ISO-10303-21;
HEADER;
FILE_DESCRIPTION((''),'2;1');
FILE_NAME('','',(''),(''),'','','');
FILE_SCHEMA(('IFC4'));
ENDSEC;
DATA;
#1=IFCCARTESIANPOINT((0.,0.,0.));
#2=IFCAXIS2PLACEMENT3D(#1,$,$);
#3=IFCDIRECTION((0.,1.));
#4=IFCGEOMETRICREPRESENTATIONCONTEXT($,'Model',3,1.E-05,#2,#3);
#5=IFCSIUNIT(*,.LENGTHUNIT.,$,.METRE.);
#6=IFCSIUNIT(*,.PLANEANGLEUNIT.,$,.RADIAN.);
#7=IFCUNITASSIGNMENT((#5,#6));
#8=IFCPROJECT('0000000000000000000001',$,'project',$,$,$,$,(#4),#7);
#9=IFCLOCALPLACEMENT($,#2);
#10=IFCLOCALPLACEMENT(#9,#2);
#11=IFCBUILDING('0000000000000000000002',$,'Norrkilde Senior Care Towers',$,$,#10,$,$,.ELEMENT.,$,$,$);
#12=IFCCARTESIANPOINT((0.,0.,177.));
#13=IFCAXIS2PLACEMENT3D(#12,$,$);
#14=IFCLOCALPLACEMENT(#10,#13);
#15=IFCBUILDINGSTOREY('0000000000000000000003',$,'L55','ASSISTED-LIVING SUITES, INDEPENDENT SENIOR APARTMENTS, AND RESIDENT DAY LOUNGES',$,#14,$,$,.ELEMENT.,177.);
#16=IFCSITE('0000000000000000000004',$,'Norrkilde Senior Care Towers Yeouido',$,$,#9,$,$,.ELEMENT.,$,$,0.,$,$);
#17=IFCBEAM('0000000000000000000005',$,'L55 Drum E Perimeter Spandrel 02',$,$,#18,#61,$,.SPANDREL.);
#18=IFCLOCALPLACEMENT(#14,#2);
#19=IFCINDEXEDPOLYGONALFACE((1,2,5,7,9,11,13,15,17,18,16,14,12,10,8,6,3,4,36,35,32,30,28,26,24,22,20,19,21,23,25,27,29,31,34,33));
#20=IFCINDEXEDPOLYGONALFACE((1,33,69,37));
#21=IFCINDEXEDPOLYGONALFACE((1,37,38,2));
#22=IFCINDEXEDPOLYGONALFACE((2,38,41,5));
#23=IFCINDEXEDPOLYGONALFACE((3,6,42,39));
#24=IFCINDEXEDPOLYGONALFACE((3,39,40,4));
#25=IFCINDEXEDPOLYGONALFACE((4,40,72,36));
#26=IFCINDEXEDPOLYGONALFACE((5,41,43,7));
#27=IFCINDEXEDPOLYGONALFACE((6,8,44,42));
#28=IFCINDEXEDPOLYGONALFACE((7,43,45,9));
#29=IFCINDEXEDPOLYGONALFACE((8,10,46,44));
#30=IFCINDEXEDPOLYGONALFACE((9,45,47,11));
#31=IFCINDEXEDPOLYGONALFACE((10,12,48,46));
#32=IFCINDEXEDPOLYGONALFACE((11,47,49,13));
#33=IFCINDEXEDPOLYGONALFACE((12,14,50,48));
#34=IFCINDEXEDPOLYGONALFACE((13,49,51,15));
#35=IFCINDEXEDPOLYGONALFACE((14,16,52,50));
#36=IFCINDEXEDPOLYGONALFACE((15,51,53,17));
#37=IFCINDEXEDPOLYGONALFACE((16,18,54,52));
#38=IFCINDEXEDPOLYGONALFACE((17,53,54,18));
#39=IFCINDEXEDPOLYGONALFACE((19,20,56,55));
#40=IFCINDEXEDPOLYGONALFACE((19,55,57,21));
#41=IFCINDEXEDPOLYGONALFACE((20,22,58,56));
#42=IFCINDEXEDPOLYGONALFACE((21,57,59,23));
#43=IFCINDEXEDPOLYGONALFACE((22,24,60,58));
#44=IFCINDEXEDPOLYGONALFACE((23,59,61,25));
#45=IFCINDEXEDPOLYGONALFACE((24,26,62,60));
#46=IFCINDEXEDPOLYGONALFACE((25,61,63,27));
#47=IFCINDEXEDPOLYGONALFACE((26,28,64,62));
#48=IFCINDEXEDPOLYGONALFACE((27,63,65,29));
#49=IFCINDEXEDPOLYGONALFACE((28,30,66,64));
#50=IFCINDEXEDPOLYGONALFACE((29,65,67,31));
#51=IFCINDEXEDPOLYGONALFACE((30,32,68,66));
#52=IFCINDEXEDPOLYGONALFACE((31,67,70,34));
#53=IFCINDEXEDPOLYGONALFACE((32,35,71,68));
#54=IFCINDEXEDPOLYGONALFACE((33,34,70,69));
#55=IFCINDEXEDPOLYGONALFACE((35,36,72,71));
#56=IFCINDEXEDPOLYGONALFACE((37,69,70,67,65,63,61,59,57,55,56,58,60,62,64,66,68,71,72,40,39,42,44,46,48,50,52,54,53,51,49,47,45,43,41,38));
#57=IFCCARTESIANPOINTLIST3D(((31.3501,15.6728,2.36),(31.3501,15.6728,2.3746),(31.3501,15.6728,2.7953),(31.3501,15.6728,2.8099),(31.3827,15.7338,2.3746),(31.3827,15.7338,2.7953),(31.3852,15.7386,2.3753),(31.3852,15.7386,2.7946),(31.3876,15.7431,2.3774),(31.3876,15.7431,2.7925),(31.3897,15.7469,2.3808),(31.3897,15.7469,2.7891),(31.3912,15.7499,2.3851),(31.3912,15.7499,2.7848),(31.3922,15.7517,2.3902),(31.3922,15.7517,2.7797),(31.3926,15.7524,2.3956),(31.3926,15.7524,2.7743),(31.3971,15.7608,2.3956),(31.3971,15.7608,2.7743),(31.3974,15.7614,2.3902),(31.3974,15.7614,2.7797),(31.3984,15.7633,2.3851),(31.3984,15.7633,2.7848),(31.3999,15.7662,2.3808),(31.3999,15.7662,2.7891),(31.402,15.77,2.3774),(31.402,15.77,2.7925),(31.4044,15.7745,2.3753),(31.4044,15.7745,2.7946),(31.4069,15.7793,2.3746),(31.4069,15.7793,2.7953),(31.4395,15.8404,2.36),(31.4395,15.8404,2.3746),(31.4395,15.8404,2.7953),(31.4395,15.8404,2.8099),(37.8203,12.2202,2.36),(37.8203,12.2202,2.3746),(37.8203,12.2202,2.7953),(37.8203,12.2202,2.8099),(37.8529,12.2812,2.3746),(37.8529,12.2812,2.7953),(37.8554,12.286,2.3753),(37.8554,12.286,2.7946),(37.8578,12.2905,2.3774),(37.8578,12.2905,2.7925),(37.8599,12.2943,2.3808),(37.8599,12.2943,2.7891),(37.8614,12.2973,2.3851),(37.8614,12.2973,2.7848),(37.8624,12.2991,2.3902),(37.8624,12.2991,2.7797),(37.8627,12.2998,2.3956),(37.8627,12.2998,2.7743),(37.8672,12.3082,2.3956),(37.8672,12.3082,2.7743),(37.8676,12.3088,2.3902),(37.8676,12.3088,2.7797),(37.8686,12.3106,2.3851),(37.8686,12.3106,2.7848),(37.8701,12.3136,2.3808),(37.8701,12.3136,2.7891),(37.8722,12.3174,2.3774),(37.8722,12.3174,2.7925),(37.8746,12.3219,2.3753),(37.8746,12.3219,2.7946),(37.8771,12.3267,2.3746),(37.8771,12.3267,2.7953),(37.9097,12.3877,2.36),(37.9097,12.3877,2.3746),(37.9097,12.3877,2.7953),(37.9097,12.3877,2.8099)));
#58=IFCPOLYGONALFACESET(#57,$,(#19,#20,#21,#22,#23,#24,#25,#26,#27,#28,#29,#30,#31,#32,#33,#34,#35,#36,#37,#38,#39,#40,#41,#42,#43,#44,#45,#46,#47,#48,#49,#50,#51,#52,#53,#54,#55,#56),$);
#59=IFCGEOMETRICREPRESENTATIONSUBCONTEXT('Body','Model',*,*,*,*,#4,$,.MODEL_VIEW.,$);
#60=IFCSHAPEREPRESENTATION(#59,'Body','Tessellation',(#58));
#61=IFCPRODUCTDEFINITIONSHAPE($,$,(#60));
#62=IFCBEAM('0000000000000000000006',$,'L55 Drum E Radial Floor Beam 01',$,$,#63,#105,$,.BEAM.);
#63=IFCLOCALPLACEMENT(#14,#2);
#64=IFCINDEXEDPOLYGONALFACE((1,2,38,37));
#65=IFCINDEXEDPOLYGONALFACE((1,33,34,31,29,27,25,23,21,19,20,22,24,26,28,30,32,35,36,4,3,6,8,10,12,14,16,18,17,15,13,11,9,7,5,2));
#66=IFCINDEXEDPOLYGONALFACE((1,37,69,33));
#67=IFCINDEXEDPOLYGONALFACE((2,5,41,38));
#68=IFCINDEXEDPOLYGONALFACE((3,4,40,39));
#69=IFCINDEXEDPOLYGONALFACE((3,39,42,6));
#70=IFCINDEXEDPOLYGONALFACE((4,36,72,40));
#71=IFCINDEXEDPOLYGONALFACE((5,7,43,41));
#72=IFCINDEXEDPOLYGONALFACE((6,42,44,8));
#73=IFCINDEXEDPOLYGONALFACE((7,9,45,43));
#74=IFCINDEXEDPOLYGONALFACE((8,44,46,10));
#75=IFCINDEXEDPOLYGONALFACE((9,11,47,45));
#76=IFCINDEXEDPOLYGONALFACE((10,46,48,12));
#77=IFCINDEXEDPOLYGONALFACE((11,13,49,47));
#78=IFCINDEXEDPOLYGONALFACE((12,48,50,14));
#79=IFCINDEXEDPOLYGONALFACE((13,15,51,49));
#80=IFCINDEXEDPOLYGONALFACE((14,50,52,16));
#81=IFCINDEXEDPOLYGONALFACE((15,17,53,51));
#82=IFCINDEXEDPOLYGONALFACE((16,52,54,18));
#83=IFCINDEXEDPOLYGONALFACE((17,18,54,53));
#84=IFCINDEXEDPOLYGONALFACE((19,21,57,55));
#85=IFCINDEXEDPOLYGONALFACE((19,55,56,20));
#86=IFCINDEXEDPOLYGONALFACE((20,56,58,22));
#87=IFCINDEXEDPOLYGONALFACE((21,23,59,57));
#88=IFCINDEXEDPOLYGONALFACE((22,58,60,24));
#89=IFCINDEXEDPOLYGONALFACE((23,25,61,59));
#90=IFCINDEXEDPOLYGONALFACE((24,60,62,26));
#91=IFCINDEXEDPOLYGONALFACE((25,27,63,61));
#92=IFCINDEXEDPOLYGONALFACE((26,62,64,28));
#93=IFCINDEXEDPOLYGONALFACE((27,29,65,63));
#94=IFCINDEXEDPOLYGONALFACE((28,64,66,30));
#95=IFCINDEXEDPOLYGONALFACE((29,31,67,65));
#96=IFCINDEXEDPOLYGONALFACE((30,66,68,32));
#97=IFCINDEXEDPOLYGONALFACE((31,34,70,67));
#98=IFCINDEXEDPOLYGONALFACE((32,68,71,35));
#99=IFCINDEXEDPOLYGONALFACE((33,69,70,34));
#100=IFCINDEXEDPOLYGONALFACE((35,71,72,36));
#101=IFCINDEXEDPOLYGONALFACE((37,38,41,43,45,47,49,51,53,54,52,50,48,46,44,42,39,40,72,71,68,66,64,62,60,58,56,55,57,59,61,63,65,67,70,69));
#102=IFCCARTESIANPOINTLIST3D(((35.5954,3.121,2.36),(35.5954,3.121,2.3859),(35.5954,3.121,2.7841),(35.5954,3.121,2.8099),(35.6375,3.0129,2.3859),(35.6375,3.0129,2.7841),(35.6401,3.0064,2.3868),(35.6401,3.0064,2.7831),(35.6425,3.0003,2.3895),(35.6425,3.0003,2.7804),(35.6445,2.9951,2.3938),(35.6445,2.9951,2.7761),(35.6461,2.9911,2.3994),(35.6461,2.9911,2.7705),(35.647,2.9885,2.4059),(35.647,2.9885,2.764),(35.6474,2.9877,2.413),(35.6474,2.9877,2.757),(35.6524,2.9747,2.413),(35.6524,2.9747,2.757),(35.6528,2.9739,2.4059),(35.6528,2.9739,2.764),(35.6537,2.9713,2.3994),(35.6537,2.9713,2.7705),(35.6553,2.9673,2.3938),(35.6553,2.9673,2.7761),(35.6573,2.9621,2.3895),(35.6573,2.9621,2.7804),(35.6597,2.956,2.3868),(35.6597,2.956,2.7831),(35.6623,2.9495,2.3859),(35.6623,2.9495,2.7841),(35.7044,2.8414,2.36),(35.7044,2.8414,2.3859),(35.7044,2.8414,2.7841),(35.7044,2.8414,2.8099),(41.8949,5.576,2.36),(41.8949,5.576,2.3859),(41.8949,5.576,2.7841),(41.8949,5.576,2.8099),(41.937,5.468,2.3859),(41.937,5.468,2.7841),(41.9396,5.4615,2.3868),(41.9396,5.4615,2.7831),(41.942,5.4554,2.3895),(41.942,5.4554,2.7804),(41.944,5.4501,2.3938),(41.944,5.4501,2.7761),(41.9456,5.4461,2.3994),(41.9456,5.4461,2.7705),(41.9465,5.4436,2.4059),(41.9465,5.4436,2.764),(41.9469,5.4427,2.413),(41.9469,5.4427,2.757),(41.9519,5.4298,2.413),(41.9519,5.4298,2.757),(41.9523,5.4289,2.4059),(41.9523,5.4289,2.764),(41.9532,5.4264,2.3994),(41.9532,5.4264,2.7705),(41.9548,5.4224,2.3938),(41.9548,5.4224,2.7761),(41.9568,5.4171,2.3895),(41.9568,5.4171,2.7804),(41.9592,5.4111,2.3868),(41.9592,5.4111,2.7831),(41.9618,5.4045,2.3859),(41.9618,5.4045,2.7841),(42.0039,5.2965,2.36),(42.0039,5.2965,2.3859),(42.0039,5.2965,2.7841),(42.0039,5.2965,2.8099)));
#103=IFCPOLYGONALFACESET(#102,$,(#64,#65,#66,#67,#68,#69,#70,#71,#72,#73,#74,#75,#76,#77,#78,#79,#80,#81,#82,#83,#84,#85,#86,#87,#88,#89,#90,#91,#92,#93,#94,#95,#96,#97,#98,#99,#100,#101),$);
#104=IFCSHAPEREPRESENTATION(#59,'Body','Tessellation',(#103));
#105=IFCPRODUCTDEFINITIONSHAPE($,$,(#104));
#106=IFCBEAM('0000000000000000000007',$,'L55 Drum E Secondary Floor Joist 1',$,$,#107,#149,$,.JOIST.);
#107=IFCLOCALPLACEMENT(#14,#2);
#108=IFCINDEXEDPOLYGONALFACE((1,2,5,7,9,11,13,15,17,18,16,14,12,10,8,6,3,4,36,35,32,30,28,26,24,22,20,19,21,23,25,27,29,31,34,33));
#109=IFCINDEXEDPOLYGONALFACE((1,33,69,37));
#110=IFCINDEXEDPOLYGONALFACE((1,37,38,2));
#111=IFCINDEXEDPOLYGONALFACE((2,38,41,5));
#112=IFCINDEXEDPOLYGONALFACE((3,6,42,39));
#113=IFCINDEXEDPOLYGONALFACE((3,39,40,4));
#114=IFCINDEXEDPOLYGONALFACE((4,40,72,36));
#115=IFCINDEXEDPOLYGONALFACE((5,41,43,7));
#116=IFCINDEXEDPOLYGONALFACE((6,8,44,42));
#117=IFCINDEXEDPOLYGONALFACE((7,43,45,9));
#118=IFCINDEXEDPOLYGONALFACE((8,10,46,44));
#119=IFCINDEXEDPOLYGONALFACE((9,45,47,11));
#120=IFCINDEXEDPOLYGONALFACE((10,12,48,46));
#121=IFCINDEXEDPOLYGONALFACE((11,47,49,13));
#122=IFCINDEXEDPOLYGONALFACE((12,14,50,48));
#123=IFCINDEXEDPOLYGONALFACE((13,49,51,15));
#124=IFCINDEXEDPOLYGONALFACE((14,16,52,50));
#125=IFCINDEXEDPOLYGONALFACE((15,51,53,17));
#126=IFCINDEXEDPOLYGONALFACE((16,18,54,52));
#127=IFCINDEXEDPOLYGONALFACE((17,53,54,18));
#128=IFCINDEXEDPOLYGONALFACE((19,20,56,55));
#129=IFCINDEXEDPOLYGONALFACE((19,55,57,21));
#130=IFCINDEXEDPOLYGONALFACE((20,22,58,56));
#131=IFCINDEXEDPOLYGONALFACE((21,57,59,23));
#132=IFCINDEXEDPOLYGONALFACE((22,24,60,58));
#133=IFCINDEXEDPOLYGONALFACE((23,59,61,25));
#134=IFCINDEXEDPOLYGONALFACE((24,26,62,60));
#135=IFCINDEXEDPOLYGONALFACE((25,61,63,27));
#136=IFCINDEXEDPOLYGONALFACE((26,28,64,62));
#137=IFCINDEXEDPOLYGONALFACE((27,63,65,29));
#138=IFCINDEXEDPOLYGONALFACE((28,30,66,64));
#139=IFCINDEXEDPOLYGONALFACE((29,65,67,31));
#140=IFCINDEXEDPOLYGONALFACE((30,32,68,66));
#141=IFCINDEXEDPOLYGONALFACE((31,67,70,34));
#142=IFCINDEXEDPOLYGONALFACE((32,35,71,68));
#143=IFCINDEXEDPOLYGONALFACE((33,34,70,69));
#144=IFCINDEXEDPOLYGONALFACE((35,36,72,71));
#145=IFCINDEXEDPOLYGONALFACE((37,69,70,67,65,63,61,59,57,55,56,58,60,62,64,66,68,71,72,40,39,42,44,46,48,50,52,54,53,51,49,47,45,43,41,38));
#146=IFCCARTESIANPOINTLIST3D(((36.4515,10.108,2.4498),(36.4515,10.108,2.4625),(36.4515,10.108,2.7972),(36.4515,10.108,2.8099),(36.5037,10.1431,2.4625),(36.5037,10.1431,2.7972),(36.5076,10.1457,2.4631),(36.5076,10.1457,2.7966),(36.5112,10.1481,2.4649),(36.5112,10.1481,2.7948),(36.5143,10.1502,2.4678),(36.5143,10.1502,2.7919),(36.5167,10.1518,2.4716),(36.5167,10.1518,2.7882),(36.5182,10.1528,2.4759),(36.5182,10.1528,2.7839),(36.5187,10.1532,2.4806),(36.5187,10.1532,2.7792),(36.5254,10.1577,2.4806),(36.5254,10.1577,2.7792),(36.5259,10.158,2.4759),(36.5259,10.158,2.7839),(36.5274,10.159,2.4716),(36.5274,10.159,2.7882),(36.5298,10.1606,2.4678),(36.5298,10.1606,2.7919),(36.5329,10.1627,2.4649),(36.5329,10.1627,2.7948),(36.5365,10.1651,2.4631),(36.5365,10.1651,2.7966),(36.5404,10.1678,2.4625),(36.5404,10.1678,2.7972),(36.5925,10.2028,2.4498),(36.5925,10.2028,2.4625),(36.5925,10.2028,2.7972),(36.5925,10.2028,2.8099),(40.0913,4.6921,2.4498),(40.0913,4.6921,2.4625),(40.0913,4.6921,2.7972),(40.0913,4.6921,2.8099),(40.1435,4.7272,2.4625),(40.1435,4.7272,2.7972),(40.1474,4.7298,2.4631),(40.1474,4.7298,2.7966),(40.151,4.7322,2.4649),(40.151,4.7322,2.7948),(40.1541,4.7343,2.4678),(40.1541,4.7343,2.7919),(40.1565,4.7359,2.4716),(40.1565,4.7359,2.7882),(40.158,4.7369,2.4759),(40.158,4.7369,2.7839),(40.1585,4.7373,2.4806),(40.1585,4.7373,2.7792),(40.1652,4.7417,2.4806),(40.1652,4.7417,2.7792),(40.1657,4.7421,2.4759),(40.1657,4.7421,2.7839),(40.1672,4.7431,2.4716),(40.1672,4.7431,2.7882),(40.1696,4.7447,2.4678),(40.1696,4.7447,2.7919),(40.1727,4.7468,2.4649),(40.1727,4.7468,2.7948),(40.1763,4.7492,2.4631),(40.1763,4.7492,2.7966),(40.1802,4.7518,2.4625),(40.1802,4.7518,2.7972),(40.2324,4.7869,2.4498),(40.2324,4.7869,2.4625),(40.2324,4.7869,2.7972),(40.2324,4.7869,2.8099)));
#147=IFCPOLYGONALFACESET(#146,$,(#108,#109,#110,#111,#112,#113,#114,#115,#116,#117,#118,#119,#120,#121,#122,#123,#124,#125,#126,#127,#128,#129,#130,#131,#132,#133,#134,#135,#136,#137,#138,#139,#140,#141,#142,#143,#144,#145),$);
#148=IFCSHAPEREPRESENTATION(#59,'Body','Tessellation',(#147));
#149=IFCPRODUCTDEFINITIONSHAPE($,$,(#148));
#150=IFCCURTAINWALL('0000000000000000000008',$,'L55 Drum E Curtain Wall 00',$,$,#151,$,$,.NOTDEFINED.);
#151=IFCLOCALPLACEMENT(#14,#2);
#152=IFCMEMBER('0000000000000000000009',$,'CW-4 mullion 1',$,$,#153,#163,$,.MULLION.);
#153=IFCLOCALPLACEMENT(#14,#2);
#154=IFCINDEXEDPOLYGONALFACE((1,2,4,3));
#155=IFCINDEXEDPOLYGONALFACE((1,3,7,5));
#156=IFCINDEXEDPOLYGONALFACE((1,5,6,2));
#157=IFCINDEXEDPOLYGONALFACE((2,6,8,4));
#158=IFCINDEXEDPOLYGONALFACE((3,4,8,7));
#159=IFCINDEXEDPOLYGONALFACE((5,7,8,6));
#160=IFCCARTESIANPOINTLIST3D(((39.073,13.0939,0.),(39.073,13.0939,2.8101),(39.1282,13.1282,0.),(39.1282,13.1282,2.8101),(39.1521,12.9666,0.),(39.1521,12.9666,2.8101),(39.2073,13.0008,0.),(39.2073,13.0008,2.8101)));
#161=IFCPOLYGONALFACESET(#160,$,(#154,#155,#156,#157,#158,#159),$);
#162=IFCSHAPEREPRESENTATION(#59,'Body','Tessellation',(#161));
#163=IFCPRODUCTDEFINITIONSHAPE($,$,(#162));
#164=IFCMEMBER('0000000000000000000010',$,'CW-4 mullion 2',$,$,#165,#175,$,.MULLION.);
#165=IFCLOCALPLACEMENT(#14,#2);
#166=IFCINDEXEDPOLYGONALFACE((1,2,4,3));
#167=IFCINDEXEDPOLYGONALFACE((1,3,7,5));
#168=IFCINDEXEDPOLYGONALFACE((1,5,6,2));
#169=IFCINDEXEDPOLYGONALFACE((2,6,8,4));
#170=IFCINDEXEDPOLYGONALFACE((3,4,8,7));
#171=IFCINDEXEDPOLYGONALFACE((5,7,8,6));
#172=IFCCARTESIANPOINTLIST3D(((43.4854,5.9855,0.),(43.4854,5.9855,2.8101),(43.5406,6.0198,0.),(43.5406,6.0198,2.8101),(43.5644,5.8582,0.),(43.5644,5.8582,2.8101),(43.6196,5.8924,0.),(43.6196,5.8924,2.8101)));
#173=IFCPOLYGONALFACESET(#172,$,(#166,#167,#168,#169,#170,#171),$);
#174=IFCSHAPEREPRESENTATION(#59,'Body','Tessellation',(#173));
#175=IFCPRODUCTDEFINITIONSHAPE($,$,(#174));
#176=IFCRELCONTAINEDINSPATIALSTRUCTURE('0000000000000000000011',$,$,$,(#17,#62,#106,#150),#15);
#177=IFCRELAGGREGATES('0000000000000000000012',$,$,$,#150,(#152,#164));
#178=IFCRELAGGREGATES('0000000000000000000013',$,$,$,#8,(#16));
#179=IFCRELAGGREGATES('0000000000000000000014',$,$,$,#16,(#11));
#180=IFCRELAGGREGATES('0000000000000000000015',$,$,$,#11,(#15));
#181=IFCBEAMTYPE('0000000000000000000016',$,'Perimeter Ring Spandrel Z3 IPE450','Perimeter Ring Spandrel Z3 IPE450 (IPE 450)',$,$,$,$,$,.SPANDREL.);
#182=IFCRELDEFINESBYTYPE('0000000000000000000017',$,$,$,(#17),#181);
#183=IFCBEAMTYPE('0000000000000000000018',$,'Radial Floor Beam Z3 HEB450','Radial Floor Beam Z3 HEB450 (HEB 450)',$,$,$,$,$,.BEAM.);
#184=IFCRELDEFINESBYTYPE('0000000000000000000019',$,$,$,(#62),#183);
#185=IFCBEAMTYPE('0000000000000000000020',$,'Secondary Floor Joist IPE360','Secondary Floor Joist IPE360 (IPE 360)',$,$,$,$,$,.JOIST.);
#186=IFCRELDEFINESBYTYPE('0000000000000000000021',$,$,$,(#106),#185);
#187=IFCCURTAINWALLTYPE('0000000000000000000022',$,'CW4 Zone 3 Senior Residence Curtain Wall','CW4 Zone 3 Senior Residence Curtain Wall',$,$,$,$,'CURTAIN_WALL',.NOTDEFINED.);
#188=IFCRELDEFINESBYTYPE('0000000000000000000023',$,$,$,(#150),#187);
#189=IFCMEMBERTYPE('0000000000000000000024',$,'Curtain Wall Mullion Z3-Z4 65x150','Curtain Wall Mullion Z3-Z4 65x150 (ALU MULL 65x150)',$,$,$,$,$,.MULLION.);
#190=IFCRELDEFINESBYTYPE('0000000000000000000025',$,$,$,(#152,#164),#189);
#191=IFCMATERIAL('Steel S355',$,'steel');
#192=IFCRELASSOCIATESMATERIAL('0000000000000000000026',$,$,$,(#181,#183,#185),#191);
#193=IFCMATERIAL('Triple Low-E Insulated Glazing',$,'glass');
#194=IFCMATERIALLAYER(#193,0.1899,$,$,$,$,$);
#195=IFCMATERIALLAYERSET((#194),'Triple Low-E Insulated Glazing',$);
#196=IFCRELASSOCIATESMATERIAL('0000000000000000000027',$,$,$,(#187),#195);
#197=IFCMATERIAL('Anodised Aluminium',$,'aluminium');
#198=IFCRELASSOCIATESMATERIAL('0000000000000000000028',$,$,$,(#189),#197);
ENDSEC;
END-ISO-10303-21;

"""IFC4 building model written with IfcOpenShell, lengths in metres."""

from ifc_helpers import new_model, si_unit, direction, frame, origin, origin_2d, place, context, subcontext, project, spatial, rectangle, i_section, extrude, source, transform, mapped, material, layer, layer_set, material_profile, profile_set, type_object, type_shapes, element, aggregate, save


model = new_model("IFC4")

# Units and contexts
model_context = context("Model", 3, precision=1e-05, world=origin(), true_north=direction((0.0, 1.0)))
body_context = subcontext(model_context, "Body", "Model", "MODEL_VIEW")
ifc_project = project(units=[si_unit("LENGTHUNIT", "METRE"), si_unit("PLANEANGLEUNIT", "RADIAN")], contexts=[model_context])

# Site, building, storey
site_placement = place(None, origin())
site = spatial("IfcSite", under=ifc_project, at=site_placement, Name="Norrkilde Senior Care Towers Yeouido", CompositionType="ELEMENT", RefElevation=0.0)
building_placement = place(site_placement, origin())
building = spatial("IfcBuilding", under=site, at=building_placement, Name="Norrkilde Senior Care Towers", CompositionType="ELEMENT")
storey_placement = place(building_placement, frame((0.0, 0.0, 177.0)))
storey = spatial("IfcBuildingStorey", under=building, at=storey_placement, Name="L55", Description="ASSISTED-LIVING SUITES, INDEPENDENT SENIOR APARTMENTS, AND RESIDENT DAY LOUNGES", CompositionType="ELEMENT", Elevation=177.0)

# Beams
ifc_material_1 = material(Name="Steel S355", Category="steel")
ifc_material_profile_1 = material_profile(ifc_material_1, i_section(OverallWidth=0.1899, OverallDepth=0.45, WebThickness=0.0095, FlangeThickness=0.0146, FilletRadius=0.021, at=origin_2d()), Name="IPE 450")
ifc_profile_set_1 = profile_set([ifc_material_profile_1], Name="Steel S355")
beam_type_1 = type_object("IfcBeamType", Name="Perimeter Ring Spandrel Z3 IPE450", Description="Perimeter Ring Spandrel Z3 IPE450 (IPE 450)", PredefinedType="SPANDREL", material=ifc_profile_set_1)
shared_shape_1 = source(origin(), body_context, "Body", "SweptSolid", [
    extrude(i_section(OverallWidth=0.1899, OverallDepth=0.45, WebThickness=0.0095, FlangeThickness=0.0146, FilletRadius=0.021, at=origin_2d()), origin(), (0.0, 0.0, 1.0), 7.3337),
])
beam_1_placement = place(storey_placement, frame((37.865, 12.304, 2.585), z_axis=(-0.882248, 0.470785, 0.0), x_axis=(-0.470785, -0.882248, 0.0)))
element("IfcBeam", 1, at=beam_1_placement, inside=storey, type_object=beam_type_1, Name="L55 Drum E Perimeter Spandrel 02", PredefinedType="SPANDREL", context=body_context, shape_type="MappedRepresentation", body=[
    mapped(shared_shape_1, transform((0.0, 0.0, 0.0), x_axis=(1.0, 0.0, 0.0), y_axis=(0.0, 1.0, 0.0), z_axis=(0.0, 0.0, 1.0), scale=1.0)),
])
ifc_material_profile_2 = material_profile(ifc_material_1, i_section(OverallWidth=0.3, OverallDepth=0.45, WebThickness=0.0139, FlangeThickness=0.0259, FilletRadius=0.0271, at=origin_2d()), Name="HEB 450")
ifc_profile_set_2 = profile_set([ifc_material_profile_2], Name="Steel S355")
beam_type_2 = type_object("IfcBeamType", Name="Radial Floor Beam Z3 HEB450", Description="Radial Floor Beam Z3 HEB450 (HEB 450)", PredefinedType="BEAM", material=ifc_profile_set_2)
shared_shape_2 = source(origin(), body_context, "Body", "SweptSolid", [
    extrude(i_section(OverallWidth=0.3, OverallDepth=0.45, WebThickness=0.0139, FlangeThickness=0.0259, FilletRadius=0.0271, at=origin_2d()), origin(), (0.0, 0.0, 1.0), 6.761),
])
type_shapes(beam_type_2, [shared_shape_2])
beam_2_placement = place(storey_placement, frame((35.6499, 2.9812, 2.585), z_axis=(0.931742, 0.363121, 0.0), x_axis=(-0.363121, 0.931742, 0.0)))
element("IfcBeam", 2, at=beam_2_placement, inside=storey, type_object=beam_type_2, Name="L55 Drum E Radial Floor Beam 01", PredefinedType="BEAM", context=body_context, shape_type="MappedRepresentation", body=[
    mapped(shared_shape_2, transform((0.0, 0.0, 0.0), x_axis=(1.0, 0.0, 0.0), y_axis=(0.0, 1.0, 0.0), z_axis=(0.0, 0.0, 1.0), scale=1.0)),
])
ifc_material_profile_3 = material_profile(ifc_material_1, i_section(OverallWidth=0.1699, OverallDepth=0.3601, WebThickness=0.0081, FlangeThickness=0.0127, FilletRadius=0.0181, at=origin_2d()), Name="IPE 360")
ifc_profile_set_3 = profile_set([ifc_material_profile_3], Name="Steel S355")
beam_type_3 = type_object("IfcBeamType", Name="Secondary Floor Joist IPE360", Description="Secondary Floor Joist IPE360 (IPE 360)", PredefinedType="JOIST", material=ifc_profile_set_3)
shared_shape_3 = source(origin(), body_context, "Body", "SweptSolid", [
    extrude(i_section(OverallWidth=0.1699, OverallDepth=0.3601, WebThickness=0.0081, FlangeThickness=0.0127, FilletRadius=0.0181, at=origin_2d()), origin(), (0.0, 0.0, 1.0), 6.5254),
])
type_shapes(beam_type_3, [shared_shape_3])
beam_3_placement = place(storey_placement, frame((40.1619, 4.7395, 2.6299), z_axis=(-0.557796, 0.829978, 0.0), x_axis=(-0.829978, -0.557796, 0.0)))
element("IfcBeam", 3, at=beam_3_placement, inside=storey, type_object=beam_type_3, Name="L55 Drum E Secondary Floor Joist 1", PredefinedType="JOIST", context=body_context, shape_type="MappedRepresentation", body=[
    mapped(shared_shape_3, transform((0.0, 0.0, 0.0), x_axis=(1.0, 0.0, 0.0), y_axis=(0.0, 1.0, 0.0), z_axis=(0.0, 0.0, 1.0), scale=1.0)),
])

# Curtain wall, members
ifc_material_2 = material(Name="Triple Low-E Insulated Glazing", Category="glass")
ifc_layer_1 = layer(ifc_material_2, 0.1899)
ifc_layer_set_1 = layer_set([ifc_layer_1], Name="Triple Low-E Insulated Glazing")
curtain_wall_type = type_object("IfcCurtainWallType", Name="CW4 Zone 3 Senior Residence Curtain Wall", Description="CW4 Zone 3 Senior Residence Curtain Wall", ElementType="CURTAIN_WALL", PredefinedType="NOTDEFINED", material=ifc_layer_set_1)
curtain_wall_1_placement = place(storey_placement, origin())
curtain_wall_1 = element("IfcCurtainWall", 4, at=curtain_wall_1_placement, inside=storey, type_object=curtain_wall_type, Name="L55 Drum E Curtain Wall 00", PredefinedType="NOTDEFINED")
ifc_material_3 = material(Name="Anodised Aluminium", Category="aluminium")
ifc_material_profile_4 = material_profile(ifc_material_3, rectangle(XDim=0.0649, YDim=0.1499, at=origin_2d()), Name="ALU MULL 65x150")
ifc_profile_set_4 = profile_set([ifc_material_profile_4], Name="Anodised Aluminium")
member_type_1 = type_object("IfcMemberType", Name="Curtain Wall Mullion Z3-Z4 65x150", Description="Curtain Wall Mullion Z3-Z4 65x150 (ALU MULL 65x150)", PredefinedType="MULLION", material=ifc_profile_set_4)
shared_shape_4 = source(origin(), body_context, "Body", "SweptSolid", [
    extrude(rectangle(XDim=0.0649, YDim=0.1499, at=origin_2d()), origin(), (0.0, 0.0, 1.0), 2.8101),
])
type_shapes(member_type_1, [shared_shape_4])
member_1_placement = place(storey_placement, frame((39.1401, 13.0474, 0.0), z_axis=(0.0, 0.0, 1.0), x_axis=(0.849634, 0.527373, 0.0)))
member_1 = element("IfcMember", 5, at=member_1_placement, type_object=member_type_1, Name="CW-4 mullion 1", PredefinedType="MULLION", context=body_context, shape_type="MappedRepresentation", body=[
    mapped(shared_shape_4, transform((0.0, 0.0, 0.0), x_axis=(1.0, 0.0, 0.0), y_axis=(0.0, 1.0, 0.0), z_axis=(0.0, 0.0, 1.0), scale=1.0)),
])
member_2_placement = place(storey_placement, frame((43.5525, 5.939, 0.0), z_axis=(0.0, 0.0, 1.0), x_axis=(0.849634, 0.527373, 0.0)))
member_2 = element("IfcMember", 6, at=member_2_placement, type_object=member_type_1, Name="CW-4 mullion 2", PredefinedType="MULLION", context=body_context, shape_type="MappedRepresentation", body=[
    mapped(shared_shape_4, transform((0.0, 0.0, 0.0), x_axis=(1.0, 0.0, 0.0), y_axis=(0.0, 1.0, 0.0), z_axis=(0.0, 0.0, 1.0), scale=1.0)),
])

aggregate(curtain_wall_1, [member_1, member_2])

save(model, "model.ifc")
